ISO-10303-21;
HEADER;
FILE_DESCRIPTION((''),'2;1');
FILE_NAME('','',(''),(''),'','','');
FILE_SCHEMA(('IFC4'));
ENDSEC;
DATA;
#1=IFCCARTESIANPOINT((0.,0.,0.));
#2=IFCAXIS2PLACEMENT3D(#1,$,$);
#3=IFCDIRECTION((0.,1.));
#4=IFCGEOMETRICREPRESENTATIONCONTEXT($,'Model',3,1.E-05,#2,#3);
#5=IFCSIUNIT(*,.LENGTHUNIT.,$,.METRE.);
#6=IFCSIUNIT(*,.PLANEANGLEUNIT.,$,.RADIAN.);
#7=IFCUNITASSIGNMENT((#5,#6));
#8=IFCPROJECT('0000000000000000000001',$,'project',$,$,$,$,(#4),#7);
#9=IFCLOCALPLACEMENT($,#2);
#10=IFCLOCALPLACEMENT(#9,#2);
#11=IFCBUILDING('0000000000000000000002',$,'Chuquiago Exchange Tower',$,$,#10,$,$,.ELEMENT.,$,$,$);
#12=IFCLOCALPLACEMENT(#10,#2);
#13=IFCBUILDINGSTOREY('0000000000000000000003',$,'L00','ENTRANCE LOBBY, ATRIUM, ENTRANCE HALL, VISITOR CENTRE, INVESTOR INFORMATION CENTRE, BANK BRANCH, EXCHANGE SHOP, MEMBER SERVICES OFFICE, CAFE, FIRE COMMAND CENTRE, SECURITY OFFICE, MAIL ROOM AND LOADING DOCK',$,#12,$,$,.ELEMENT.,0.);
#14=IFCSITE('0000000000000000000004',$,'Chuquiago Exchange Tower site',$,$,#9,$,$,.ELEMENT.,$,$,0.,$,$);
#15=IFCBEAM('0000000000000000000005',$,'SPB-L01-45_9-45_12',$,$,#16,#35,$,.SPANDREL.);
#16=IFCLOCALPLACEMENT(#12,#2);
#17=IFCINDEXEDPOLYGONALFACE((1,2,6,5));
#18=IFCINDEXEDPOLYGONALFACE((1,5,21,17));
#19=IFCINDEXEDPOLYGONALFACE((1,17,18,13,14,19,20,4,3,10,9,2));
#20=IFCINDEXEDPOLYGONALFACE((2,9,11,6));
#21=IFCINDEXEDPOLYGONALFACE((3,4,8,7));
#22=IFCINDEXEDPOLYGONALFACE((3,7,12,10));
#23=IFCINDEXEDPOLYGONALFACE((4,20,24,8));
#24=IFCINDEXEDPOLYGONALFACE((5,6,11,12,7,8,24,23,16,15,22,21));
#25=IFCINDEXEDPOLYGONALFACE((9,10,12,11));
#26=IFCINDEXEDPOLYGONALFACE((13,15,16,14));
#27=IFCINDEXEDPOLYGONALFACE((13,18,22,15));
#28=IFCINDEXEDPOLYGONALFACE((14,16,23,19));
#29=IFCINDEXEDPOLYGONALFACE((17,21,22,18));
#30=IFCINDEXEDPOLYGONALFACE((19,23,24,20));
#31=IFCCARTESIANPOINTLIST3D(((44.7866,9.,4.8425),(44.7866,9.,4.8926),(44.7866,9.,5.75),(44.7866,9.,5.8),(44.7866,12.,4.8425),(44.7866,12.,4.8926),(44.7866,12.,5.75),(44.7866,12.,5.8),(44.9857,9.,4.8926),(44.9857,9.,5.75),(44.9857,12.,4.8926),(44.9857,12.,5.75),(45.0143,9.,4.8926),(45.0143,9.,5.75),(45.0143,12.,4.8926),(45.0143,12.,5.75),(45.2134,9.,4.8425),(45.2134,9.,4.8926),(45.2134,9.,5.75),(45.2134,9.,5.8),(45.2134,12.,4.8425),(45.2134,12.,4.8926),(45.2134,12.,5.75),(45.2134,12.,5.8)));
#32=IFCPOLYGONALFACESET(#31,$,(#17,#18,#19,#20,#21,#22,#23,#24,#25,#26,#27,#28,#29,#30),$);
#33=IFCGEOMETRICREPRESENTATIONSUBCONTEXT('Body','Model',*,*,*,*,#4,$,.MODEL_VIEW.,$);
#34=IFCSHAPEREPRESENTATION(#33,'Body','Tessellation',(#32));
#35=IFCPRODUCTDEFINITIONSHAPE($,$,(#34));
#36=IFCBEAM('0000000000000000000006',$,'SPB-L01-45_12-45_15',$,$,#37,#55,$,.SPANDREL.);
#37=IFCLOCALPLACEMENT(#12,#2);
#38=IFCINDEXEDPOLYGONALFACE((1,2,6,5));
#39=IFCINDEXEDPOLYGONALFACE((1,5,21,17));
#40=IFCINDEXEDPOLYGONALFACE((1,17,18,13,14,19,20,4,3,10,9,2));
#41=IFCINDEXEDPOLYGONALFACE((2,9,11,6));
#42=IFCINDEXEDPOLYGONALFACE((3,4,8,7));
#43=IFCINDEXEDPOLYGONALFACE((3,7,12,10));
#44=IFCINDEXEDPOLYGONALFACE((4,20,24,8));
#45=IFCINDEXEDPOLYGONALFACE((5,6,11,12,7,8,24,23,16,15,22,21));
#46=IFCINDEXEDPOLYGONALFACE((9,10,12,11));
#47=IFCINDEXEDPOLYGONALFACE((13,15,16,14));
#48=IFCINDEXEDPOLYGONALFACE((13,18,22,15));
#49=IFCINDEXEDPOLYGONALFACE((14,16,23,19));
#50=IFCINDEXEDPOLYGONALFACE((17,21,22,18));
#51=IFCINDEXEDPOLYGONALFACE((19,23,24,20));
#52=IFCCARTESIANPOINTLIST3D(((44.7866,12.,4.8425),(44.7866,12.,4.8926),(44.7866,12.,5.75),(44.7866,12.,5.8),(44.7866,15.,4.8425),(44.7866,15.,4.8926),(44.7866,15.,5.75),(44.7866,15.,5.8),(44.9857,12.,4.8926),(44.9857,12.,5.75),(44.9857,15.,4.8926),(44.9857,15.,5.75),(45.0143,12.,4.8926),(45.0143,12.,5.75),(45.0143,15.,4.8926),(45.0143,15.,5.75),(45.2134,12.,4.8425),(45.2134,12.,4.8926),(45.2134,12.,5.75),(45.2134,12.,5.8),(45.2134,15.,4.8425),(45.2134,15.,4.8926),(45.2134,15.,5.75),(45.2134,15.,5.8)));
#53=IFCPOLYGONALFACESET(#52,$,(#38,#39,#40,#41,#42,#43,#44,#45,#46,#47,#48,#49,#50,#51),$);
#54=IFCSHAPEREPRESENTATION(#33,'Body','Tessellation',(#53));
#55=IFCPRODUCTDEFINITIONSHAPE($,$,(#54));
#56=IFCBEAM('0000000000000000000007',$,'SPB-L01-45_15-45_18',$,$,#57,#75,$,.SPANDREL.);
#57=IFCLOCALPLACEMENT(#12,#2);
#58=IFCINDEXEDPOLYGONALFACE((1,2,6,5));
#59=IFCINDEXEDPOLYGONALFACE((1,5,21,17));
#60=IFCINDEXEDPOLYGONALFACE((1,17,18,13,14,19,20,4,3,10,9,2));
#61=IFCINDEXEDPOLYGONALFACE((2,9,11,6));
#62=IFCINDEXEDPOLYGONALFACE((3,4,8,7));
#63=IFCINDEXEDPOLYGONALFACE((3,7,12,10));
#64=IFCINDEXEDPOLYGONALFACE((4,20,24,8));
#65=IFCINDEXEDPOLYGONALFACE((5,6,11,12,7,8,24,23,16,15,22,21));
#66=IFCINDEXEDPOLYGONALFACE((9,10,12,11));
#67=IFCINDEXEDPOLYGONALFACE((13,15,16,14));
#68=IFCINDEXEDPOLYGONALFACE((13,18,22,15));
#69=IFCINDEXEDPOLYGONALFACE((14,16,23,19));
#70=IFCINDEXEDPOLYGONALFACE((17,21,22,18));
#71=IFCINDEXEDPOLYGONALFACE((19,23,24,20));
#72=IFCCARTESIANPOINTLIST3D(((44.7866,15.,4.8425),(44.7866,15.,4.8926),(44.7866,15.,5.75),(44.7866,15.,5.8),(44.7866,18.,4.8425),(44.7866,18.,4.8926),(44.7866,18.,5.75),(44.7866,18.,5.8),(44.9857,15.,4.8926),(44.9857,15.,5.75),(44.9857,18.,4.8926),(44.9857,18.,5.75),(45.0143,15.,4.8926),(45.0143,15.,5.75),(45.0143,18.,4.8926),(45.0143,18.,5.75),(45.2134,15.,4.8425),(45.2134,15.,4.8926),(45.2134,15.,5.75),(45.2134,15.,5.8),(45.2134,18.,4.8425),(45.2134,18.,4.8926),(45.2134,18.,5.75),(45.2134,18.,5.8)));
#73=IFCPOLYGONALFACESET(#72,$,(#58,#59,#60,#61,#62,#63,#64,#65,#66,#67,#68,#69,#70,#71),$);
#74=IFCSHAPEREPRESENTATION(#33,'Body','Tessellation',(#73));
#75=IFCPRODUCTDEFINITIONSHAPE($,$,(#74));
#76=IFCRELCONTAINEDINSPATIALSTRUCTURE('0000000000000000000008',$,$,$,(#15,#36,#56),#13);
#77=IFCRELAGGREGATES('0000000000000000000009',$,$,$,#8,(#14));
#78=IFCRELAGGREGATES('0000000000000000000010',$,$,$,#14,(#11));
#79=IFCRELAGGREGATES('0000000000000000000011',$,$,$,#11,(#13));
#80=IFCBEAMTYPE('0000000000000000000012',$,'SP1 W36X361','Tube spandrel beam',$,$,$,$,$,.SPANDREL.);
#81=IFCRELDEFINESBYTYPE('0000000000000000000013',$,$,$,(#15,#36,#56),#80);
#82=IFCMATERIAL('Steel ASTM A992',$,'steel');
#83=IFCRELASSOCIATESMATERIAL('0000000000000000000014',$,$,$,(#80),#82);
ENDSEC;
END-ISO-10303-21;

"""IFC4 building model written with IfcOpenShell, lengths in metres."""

from ifc_helpers import new_model, si_unit, direction, frame, origin, origin_2d, place, context, subcontext, project, spatial, i_section, extrude, material, material_profile, profile_set, type_object, element, save


model = new_model("IFC4")

# Units and contexts
model_context = context("Model", 3, precision=1e-05, world=origin(), true_north=direction((0.0, 1.0)))
body_context = subcontext(model_context, "Body", "Model", "MODEL_VIEW")
ifc_project = project(units=[si_unit("LENGTHUNIT", "METRE"), si_unit("PLANEANGLEUNIT", "RADIAN")], contexts=[model_context])

# Site, building, storey
site_placement = place(None, origin())
site = spatial("IfcSite", under=ifc_project, at=site_placement, Name="Chuquiago Exchange Tower site", CompositionType="ELEMENT", RefElevation=0.0)
building_placement = place(site_placement, origin())
building = spatial("IfcBuilding", under=site, at=building_placement, Name="Chuquiago Exchange Tower", CompositionType="ELEMENT")
storey_placement = place(building_placement, origin())
storey = spatial("IfcBuildingStorey", under=building, at=storey_placement, Name="L00", Description="ENTRANCE LOBBY, ATRIUM, ENTRANCE HALL, VISITOR CENTRE, INVESTOR INFORMATION CENTRE, BANK BRANCH, EXCHANGE SHOP, MEMBER SERVICES OFFICE, CAFE, FIRE COMMAND CENTRE, SECURITY OFFICE, MAIL ROOM AND LOADING DOCK", CompositionType="ELEMENT", Elevation=0.0)

# Beams
ifc_material_1 = material(Name="Steel ASTM A992", Category="steel")
ifc_material_profile_1 = material_profile(ifc_material_1, i_section(OverallWidth=0.4268, OverallDepth=0.9575, WebThickness=0.0286, FlangeThickness=0.05, at=origin_2d()), Name="W36X361")
ifc_profile_set_1 = profile_set([ifc_material_profile_1], Name="Steel ASTM A992")
beam_type_1 = type_object("IfcBeamType", Name="SP1 W36X361", Description="Tube spandrel beam", PredefinedType="SPANDREL", material=ifc_profile_set_1)
for number, where, z_axis, x_axis, name in (
    (1, (45.0, 9.0, 5.3213), (0.0, 1.0, 0.0), (-1.0, 0.0, 0.0), "SPB-L01-45_9-45_12"),
    (2, (45.0, 12.0, 5.3213), (0.0, 1.0, 0.0), (-1.0, 0.0, 0.0), "SPB-L01-45_12-45_15"),
    (3, (45.0, 15.0, 5.3213), (0.0, 1.0, 0.0), (-1.0, 0.0, 0.0), "SPB-L01-45_15-45_18"),
):
    element("IfcBeam", number, at=place(storey_placement, frame(where, z_axis=z_axis, x_axis=x_axis)), inside=storey, type_object=beam_type_1, Name=name, PredefinedType="SPANDREL", context=body_context, shape_type="SweptSolid", body=[
        extrude(i_section(OverallWidth=0.4268, OverallDepth=0.9575, WebThickness=0.0286, FlangeThickness=0.05, at=origin_2d()), origin(), (0.0, 0.0, 1.0), 3.0),
    ])

save(model, "model.ifc")
